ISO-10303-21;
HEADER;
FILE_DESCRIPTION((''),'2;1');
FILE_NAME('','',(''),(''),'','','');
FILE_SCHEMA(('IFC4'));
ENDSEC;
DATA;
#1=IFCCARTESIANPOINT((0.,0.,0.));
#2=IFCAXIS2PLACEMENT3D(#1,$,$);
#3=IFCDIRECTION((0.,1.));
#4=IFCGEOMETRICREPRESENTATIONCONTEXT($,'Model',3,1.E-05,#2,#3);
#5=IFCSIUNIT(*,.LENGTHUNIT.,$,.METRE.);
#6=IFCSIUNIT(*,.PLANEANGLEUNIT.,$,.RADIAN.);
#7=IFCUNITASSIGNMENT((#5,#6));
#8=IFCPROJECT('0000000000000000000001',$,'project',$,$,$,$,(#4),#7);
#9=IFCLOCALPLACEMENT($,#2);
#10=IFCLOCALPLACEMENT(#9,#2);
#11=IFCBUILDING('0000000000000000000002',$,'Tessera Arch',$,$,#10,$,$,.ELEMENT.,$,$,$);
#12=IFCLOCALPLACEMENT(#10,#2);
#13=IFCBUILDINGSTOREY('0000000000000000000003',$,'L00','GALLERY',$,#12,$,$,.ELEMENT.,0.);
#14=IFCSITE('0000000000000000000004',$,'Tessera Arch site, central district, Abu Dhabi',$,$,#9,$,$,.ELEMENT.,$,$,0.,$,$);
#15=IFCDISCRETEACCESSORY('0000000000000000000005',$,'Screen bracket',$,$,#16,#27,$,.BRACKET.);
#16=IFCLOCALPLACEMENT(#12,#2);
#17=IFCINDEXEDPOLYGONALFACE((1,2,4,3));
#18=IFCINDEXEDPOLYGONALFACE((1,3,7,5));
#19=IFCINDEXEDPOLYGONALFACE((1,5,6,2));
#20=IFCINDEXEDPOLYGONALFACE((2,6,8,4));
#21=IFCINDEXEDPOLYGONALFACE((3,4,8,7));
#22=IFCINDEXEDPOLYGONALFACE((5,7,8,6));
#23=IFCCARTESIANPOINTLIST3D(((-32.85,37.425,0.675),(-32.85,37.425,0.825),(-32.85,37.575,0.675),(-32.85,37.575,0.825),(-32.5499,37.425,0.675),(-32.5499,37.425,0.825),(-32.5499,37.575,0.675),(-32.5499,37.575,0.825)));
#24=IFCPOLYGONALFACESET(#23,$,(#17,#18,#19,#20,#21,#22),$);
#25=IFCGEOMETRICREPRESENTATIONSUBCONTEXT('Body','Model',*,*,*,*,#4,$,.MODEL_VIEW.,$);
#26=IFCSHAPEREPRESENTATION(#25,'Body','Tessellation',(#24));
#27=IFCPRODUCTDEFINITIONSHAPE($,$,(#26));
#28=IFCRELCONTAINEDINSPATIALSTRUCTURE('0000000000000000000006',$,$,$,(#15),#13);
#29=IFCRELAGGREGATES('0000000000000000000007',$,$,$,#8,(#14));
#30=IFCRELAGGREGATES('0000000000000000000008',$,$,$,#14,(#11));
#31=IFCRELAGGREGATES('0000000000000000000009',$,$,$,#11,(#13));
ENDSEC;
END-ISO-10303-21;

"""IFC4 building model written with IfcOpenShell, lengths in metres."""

from ifc_helpers import new_model, si_unit, direction, frame, origin, origin_2d, place, context, subcontext, project, spatial, rectangle, extrude, element, save


model = new_model("IFC4")

# Units and contexts
model_context = context("Model", 3, precision=1e-05, world=origin(), true_north=direction((0.0, 1.0)))
body_context = subcontext(model_context, "Body", "Model", "MODEL_VIEW")
ifc_project = project(units=[si_unit("LENGTHUNIT", "METRE"), si_unit("PLANEANGLEUNIT", "RADIAN")], contexts=[model_context])

# Site, building, storey
site_placement = place(None, origin())
site = spatial("IfcSite", under=ifc_project, at=site_placement, Name="Tessera Arch site, central district, Abu Dhabi", CompositionType="ELEMENT", RefElevation=0.0)
building_placement = place(site_placement, origin())
building = spatial("IfcBuilding", under=site, at=building_placement, Name="Tessera Arch", CompositionType="ELEMENT")
storey_placement = place(building_placement, origin())
storey = spatial("IfcBuildingStorey", under=building, at=storey_placement, Name="L00", Description="GALLERY", CompositionType="ELEMENT", Elevation=0.0)

# Discrete accessory
discrete_accessory_placement = place(storey_placement, frame((-32.7, 37.5, 0.675), z_axis=(0.0, 0.0, 1.0), x_axis=(-1.0, 0.0, 0.0)))
element("IfcDiscreteAccessory", 1, at=discrete_accessory_placement, inside=storey, Name="Screen bracket", PredefinedType="BRACKET", context=body_context, shape_type="SweptSolid", body=[
    extrude(rectangle(XDim=0.3, YDim=0.1499, at=origin_2d()), origin(), (0.0, 0.0, 1.0), 0.1499),
])

save(model, "model.ifc")
